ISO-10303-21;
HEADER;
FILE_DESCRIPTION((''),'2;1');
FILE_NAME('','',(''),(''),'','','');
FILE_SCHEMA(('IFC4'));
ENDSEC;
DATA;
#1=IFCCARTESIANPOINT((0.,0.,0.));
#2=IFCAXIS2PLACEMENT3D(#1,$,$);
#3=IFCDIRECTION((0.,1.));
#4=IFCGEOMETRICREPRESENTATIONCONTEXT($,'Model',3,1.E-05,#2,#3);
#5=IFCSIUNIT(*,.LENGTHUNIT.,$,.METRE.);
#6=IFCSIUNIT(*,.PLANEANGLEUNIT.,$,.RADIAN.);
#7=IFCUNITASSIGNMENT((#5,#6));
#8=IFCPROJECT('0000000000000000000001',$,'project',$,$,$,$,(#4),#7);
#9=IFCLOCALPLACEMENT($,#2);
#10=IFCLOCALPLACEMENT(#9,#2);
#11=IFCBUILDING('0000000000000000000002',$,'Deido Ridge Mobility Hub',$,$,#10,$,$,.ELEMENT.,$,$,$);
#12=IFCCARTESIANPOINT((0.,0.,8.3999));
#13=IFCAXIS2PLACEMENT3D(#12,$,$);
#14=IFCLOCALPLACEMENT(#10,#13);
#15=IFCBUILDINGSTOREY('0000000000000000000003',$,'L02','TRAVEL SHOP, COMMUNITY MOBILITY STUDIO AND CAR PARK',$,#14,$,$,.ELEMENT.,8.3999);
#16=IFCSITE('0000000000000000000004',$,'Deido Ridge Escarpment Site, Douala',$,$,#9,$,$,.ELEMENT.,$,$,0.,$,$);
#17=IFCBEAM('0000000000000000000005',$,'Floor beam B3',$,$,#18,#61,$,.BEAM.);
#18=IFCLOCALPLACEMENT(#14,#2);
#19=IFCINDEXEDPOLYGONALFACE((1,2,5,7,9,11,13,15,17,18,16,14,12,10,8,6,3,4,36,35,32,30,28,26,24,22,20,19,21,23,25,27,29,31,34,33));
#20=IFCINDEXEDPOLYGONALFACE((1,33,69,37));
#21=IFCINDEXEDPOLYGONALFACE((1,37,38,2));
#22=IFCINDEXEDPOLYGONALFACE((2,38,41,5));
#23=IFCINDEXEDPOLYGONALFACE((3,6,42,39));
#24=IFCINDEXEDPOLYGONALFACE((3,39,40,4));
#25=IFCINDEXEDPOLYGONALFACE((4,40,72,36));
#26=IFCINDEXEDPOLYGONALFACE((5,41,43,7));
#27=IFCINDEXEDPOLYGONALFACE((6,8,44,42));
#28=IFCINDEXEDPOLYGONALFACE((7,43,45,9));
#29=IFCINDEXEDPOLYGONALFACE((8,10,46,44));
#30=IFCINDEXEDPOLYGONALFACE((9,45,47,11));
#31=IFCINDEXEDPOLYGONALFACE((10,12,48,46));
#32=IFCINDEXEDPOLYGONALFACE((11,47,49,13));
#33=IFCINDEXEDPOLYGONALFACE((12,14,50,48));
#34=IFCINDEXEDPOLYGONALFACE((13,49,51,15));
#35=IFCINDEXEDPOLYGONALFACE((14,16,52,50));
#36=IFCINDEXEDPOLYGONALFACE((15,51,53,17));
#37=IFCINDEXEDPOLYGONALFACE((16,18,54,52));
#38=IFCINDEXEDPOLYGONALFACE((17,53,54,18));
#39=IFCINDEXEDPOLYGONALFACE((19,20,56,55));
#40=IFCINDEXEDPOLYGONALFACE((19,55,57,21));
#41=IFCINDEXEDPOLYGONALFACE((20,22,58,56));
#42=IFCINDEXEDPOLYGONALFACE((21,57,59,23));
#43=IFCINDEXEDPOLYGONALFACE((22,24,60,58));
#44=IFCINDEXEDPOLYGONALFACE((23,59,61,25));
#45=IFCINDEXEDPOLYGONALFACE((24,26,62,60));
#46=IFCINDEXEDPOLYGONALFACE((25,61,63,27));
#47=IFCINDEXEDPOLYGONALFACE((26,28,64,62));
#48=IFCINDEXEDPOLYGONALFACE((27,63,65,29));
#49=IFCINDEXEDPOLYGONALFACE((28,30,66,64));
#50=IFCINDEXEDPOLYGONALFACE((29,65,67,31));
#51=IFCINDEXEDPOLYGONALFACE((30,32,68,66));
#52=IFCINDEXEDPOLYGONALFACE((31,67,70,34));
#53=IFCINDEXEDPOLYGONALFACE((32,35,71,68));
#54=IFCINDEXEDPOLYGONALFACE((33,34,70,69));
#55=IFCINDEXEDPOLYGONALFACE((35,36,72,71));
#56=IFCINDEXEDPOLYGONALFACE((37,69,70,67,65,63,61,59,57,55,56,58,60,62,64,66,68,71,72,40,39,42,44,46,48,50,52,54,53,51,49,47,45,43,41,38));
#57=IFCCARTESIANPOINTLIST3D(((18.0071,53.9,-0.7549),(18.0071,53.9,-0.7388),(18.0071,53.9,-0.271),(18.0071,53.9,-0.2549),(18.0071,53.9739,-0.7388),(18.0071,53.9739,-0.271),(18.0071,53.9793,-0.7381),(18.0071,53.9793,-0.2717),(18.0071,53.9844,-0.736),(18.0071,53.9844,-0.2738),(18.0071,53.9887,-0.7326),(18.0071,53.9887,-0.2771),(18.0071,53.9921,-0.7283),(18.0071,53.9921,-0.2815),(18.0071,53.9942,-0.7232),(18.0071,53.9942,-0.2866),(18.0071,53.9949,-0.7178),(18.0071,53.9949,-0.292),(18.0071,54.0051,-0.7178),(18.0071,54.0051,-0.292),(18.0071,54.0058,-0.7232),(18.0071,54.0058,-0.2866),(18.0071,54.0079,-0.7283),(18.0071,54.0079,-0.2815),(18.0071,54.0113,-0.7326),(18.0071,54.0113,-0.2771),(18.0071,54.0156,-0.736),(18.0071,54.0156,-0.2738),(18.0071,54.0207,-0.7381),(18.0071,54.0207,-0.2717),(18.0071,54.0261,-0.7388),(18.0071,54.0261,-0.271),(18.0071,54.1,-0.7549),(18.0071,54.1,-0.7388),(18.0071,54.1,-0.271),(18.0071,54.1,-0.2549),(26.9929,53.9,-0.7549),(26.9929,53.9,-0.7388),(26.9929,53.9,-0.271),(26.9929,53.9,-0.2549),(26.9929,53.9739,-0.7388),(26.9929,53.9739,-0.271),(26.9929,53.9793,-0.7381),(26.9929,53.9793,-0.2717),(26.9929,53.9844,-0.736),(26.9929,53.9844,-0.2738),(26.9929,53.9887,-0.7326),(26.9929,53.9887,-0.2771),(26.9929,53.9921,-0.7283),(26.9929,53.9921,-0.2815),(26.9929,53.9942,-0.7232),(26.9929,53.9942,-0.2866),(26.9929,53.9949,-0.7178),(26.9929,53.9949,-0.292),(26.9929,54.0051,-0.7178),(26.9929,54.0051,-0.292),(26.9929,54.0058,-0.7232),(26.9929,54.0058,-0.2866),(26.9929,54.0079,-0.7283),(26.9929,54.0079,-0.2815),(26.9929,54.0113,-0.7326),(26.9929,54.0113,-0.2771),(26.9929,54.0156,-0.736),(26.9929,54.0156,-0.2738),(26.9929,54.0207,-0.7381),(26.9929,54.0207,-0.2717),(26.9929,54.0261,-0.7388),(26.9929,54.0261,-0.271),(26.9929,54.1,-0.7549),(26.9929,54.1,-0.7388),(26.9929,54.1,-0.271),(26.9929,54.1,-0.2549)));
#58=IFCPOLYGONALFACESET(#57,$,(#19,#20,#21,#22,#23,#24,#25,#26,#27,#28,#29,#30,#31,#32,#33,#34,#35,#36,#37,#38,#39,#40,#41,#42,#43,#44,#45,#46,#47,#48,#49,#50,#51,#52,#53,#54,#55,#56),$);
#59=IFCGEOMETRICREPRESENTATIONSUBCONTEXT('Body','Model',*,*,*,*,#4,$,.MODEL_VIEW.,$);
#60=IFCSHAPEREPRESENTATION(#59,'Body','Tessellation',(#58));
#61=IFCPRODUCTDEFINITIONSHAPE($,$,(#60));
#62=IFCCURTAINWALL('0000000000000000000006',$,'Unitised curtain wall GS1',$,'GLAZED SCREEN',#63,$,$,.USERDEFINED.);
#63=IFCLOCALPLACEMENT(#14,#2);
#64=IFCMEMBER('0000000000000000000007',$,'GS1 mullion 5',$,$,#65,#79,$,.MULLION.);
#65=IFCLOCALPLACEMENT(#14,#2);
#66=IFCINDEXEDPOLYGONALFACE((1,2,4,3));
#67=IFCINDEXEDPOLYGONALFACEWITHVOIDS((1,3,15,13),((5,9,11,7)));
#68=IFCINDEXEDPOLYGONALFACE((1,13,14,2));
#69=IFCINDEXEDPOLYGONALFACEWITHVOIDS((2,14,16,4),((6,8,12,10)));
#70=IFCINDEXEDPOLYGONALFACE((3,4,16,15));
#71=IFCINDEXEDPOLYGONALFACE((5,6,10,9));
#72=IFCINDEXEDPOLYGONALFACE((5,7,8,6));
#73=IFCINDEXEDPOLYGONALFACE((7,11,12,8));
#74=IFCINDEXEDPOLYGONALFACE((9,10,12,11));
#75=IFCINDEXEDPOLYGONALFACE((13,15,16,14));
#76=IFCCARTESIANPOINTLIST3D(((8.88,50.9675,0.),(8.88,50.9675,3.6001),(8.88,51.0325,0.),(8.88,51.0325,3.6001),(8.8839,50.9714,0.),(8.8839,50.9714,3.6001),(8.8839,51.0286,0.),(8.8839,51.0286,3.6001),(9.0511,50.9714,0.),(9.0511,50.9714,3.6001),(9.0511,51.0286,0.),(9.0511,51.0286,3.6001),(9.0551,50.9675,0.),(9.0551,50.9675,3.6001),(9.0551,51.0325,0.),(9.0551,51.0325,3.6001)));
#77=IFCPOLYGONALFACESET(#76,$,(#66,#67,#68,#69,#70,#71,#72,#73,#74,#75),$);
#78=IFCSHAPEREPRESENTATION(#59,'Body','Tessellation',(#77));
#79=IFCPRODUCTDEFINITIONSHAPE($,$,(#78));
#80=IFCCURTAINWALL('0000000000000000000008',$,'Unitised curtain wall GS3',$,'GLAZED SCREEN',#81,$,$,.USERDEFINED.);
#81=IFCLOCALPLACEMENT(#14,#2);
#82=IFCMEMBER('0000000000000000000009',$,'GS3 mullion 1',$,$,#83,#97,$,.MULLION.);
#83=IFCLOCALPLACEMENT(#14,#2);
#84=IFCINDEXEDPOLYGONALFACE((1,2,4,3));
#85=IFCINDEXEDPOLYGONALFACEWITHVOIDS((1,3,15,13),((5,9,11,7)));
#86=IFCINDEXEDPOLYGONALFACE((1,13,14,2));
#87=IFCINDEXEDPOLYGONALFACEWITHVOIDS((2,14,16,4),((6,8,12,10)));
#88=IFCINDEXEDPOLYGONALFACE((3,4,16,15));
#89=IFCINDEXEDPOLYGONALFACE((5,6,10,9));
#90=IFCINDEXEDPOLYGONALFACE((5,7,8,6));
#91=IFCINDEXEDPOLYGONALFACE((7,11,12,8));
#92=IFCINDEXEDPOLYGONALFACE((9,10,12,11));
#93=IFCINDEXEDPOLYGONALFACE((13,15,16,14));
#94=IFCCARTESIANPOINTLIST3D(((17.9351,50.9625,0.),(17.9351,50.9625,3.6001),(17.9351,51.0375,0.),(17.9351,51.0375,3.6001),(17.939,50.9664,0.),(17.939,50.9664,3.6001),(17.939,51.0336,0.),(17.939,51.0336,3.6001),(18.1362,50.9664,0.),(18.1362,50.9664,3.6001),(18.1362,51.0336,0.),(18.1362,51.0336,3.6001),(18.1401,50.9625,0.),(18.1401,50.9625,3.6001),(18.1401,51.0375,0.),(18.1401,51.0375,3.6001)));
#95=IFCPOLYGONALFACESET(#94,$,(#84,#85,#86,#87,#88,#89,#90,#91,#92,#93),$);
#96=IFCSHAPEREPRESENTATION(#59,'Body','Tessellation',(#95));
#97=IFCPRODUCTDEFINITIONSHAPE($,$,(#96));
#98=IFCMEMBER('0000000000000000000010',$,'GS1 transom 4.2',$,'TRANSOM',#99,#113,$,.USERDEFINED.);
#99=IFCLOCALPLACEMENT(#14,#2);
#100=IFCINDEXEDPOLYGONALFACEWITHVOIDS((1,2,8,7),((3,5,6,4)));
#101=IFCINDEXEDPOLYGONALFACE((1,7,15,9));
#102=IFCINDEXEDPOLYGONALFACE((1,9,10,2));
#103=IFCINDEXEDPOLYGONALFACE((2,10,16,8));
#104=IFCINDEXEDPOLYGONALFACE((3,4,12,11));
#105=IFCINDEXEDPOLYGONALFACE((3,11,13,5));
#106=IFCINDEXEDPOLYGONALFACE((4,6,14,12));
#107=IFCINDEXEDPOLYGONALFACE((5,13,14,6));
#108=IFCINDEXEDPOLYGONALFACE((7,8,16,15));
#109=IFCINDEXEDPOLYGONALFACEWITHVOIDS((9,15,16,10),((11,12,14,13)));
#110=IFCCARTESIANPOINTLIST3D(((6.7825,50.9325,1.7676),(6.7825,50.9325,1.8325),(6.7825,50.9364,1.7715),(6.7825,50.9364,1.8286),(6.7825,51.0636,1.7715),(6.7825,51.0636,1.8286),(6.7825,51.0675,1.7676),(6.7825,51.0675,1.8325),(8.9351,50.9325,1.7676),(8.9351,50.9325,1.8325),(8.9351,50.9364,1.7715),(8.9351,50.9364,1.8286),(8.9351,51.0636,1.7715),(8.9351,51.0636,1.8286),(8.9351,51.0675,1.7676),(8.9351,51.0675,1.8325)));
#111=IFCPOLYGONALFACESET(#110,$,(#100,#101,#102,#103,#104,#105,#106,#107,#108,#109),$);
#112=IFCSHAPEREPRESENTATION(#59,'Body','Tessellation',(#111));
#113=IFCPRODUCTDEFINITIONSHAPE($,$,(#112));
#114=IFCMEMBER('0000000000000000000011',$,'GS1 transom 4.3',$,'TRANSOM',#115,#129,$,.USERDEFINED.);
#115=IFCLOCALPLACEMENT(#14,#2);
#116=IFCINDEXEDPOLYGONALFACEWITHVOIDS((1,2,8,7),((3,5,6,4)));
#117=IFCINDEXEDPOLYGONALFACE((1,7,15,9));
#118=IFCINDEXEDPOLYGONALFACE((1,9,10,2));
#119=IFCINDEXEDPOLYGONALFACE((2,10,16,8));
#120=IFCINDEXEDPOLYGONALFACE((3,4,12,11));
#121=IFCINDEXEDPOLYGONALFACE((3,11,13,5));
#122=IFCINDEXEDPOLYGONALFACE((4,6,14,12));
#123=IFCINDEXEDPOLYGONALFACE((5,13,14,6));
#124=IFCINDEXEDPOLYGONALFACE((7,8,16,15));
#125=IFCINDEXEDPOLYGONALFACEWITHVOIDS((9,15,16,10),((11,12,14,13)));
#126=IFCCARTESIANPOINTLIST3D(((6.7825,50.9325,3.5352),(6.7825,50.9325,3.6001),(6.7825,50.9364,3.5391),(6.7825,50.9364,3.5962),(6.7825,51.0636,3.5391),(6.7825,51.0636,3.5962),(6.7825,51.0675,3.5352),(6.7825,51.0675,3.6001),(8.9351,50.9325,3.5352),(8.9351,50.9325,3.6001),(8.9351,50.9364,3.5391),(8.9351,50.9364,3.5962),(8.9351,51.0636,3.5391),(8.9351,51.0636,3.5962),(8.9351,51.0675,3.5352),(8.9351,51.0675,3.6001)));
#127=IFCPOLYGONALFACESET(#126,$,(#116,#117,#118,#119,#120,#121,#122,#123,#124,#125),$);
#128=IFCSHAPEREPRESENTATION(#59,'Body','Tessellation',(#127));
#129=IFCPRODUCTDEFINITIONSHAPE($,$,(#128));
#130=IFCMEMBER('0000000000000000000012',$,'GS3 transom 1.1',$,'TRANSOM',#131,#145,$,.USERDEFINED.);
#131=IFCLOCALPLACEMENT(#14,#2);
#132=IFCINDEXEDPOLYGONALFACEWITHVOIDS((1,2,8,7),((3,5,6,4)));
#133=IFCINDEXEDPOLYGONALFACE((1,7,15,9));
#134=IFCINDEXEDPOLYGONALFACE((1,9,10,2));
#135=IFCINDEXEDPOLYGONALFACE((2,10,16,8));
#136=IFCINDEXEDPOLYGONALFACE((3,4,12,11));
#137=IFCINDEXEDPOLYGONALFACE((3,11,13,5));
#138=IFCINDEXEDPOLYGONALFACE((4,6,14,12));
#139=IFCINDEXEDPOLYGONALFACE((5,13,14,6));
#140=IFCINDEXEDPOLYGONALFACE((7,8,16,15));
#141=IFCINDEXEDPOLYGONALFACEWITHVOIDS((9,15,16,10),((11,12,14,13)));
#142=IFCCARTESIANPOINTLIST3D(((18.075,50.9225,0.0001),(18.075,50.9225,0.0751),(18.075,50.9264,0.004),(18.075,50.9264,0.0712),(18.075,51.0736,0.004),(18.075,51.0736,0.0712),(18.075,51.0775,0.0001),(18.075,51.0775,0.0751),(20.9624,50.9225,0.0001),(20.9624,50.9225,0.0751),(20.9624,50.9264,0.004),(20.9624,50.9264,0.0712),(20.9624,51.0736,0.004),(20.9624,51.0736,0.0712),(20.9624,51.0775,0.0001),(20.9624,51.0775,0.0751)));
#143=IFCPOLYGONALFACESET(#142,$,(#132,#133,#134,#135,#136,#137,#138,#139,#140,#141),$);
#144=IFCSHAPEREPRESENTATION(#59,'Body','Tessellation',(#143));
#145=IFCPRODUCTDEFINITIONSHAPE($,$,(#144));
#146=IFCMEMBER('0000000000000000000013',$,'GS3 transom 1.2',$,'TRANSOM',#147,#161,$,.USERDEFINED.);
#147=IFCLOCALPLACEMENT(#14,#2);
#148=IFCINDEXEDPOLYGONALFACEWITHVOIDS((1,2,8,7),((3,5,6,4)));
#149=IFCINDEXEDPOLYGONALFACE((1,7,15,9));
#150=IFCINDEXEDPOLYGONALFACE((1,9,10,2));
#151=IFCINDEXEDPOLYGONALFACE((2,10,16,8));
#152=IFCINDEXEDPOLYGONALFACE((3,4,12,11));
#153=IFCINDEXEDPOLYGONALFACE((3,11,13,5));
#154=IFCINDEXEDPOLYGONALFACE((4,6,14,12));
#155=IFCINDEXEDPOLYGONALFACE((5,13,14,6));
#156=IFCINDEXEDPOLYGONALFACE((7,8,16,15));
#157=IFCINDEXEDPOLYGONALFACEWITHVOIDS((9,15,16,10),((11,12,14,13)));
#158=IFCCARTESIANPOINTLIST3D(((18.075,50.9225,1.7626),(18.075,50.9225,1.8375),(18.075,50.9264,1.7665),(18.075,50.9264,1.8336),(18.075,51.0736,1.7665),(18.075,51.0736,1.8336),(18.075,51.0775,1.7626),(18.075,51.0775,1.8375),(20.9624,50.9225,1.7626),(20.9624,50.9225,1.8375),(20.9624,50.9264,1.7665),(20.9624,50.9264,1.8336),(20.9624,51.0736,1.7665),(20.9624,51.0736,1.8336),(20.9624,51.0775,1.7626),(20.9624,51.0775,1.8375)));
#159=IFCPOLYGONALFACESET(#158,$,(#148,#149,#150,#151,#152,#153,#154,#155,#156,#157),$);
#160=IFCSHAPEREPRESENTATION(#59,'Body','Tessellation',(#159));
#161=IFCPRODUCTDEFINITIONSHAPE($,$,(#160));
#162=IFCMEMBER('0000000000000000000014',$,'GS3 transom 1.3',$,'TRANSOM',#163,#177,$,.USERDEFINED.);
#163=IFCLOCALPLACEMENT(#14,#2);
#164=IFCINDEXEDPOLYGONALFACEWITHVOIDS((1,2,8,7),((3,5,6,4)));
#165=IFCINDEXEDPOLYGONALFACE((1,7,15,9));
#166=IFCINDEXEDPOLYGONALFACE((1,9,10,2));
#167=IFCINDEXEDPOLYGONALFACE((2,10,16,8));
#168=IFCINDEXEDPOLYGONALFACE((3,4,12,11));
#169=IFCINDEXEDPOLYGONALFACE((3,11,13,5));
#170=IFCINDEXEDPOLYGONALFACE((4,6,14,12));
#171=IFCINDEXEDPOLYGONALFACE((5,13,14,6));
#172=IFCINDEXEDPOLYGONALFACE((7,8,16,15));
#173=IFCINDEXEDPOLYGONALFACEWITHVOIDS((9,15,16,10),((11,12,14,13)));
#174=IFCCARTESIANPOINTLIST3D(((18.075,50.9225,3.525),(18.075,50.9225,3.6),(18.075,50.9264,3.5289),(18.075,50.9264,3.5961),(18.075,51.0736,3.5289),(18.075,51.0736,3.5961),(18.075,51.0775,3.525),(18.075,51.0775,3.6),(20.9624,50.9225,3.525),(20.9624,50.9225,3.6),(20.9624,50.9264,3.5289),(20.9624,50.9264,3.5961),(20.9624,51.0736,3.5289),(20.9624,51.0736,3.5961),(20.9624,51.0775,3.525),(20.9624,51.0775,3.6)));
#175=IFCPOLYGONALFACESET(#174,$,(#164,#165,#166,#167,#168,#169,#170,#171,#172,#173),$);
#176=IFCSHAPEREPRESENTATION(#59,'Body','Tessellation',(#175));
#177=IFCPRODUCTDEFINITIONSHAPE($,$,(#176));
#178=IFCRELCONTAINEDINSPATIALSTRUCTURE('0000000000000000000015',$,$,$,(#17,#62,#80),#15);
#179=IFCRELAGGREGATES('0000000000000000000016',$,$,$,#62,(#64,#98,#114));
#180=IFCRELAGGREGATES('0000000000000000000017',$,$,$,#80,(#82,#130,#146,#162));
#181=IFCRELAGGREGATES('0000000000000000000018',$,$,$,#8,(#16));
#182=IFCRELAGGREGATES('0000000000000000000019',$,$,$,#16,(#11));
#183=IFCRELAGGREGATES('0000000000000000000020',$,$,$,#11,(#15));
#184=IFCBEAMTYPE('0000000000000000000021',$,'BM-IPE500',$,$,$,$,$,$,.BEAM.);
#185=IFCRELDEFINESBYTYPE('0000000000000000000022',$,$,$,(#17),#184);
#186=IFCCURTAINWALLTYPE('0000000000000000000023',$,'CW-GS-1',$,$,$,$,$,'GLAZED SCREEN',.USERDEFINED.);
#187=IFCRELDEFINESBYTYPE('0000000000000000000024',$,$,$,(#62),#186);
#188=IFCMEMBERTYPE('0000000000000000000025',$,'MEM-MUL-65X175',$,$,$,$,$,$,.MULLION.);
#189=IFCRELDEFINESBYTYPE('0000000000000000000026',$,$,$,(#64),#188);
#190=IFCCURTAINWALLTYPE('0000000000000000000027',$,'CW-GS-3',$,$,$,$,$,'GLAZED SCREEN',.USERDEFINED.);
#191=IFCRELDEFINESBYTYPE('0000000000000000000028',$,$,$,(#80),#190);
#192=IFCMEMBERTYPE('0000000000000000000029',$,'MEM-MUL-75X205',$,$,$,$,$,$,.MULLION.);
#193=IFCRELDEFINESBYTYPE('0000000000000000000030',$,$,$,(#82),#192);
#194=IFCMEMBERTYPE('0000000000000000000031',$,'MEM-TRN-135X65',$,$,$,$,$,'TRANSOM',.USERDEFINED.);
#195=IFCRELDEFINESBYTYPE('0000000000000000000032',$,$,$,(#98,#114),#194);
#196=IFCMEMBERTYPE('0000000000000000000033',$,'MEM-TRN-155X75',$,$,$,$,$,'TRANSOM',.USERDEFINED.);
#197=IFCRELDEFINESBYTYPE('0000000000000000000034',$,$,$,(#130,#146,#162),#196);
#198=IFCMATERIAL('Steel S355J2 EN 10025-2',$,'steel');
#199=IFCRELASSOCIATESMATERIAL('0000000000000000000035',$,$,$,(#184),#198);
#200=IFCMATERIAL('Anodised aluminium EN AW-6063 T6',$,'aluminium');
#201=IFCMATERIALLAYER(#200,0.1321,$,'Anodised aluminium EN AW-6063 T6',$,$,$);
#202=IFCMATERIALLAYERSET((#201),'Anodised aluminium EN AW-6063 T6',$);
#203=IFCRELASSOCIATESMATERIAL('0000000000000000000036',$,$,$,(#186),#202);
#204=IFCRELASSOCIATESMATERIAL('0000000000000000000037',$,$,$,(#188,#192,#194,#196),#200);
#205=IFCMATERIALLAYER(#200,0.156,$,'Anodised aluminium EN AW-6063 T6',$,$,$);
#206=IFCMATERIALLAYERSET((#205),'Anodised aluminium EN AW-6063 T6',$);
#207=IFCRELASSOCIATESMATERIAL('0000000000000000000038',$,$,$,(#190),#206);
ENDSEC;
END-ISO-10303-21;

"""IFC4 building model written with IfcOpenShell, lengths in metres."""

from ifc_helpers import new_model, si_unit, direction, frame, origin, origin_2d, place, context, subcontext, project, spatial, hollow_rectangle, i_section, extrude, material, layer, layer_set, material_profile, profile_set, type_object, element, aggregate, save


model = new_model("IFC4")

# Units and contexts
model_context = context("Model", 3, precision=1e-05, world=origin(), true_north=direction((0.0, 1.0)))
body_context = subcontext(model_context, "Body", "Model", "MODEL_VIEW")
ifc_project = project(units=[si_unit("LENGTHUNIT", "METRE"), si_unit("PLANEANGLEUNIT", "RADIAN")], contexts=[model_context])

# Site, building, storey
site_placement = place(None, origin())
site = spatial("IfcSite", under=ifc_project, at=site_placement, Name="Deido Ridge Escarpment Site, Douala", CompositionType="ELEMENT", RefElevation=0.0)
building_placement = place(site_placement, origin())
building = spatial("IfcBuilding", under=site, at=building_placement, Name="Deido Ridge Mobility Hub", CompositionType="ELEMENT")
storey_placement = place(building_placement, frame((0.0, 0.0, 8.3999)))
storey = spatial("IfcBuildingStorey", under=building, at=storey_placement, Name="L02", Description="TRAVEL SHOP, COMMUNITY MOBILITY STUDIO AND CAR PARK", CompositionType="ELEMENT", Elevation=8.3999)

# Shared definitions
ifc_material_1 = material(Name="Steel S355J2 EN 10025-2", Category="steel")

# Beam
ifc_material_profile_1 = material_profile(ifc_material_1, i_section(OverallWidth=0.2, OverallDepth=0.5, WebThickness=0.0103, FlangeThickness=0.0161, FilletRadius=0.021, at=origin_2d()), Name="IPE 500")
ifc_profile_set_1 = profile_set([ifc_material_profile_1], Name="Steel S355J2 EN 10025-2")
beam_type_1 = type_object("IfcBeamType", Name="BM-IPE500", PredefinedType="BEAM", material=ifc_profile_set_1)
for number, where, z_axis, x_axis, name in (
    (1, (18.0071, 54.0, -0.5049), (1.0, 0.0, 0.0), (0.0, 1.0, 0.0), "Floor beam B3"),
):
    element("IfcBeam", number, at=place(storey_placement, frame(where, z_axis=z_axis, x_axis=x_axis)), inside=storey, type_object=beam_type_1, Name=name, PredefinedType="BEAM", context=body_context, shape_type="SweptSolid", body=[
        extrude(i_section(OverallWidth=0.2, OverallDepth=0.5, WebThickness=0.0103, FlangeThickness=0.0161, FilletRadius=0.021, at=origin_2d()), origin(), (0.0, 0.0, 1.0), 8.9858),
    ])

# Curtain walls, members
ifc_material_2 = material(Name="Anodised aluminium EN AW-6063 T6", Category="aluminium")
ifc_layer_1 = layer(ifc_material_2, 0.1321, Name="Anodised aluminium EN AW-6063 T6")
ifc_layer_set_1 = layer_set([ifc_layer_1], Name="Anodised aluminium EN AW-6063 T6")
curtain_wall_type_1 = type_object("IfcCurtainWallType", Name="CW-GS-1", ElementType="GLAZED SCREEN", PredefinedType="USERDEFINED", material=ifc_layer_set_1)
curtain_wall_1_placement = place(storey_placement, origin())
curtain_wall_1 = element("IfcCurtainWall", 2, at=curtain_wall_1_placement, inside=storey, type_object=curtain_wall_type_1, Name="Unitised curtain wall GS1", ObjectType="GLAZED SCREEN", PredefinedType="USERDEFINED")
ifc_material_profile_2 = material_profile(ifc_material_2, hollow_rectangle(XDim=0.0649, YDim=0.175, WallThickness=0.0039, at=origin_2d()), Name="RHS 65x175x4")
ifc_profile_set_2 = profile_set([ifc_material_profile_2], Name="Anodised aluminium EN AW-6063 T6")
member_type_1 = type_object("IfcMemberType", Name="MEM-MUL-65X175", PredefinedType="MULLION", material=ifc_profile_set_2)
member_1_placement = place(storey_placement, frame((8.9675, 51.0, 0.0), z_axis=(0.0, 0.0, 1.0), x_axis=(0.0, 1.0, 0.0)))
member_1 = element("IfcMember", 3, at=member_1_placement, type_object=member_type_1, Name="GS1 mullion 5", PredefinedType="MULLION", context=body_context, shape_type="SweptSolid", body=[
    extrude(hollow_rectangle(XDim=0.0649, YDim=0.175, WallThickness=0.0039, at=origin_2d()), origin(), (0.0, 0.0, 1.0), 3.6001),
])
ifc_layer_2 = layer(ifc_material_2, 0.156, Name="Anodised aluminium EN AW-6063 T6")
ifc_layer_set_2 = layer_set([ifc_layer_2], Name="Anodised aluminium EN AW-6063 T6")
curtain_wall_type_2 = type_object("IfcCurtainWallType", Name="CW-GS-3", ElementType="GLAZED SCREEN", PredefinedType="USERDEFINED", material=ifc_layer_set_2)
curtain_wall_2_placement = place(storey_placement, origin())
curtain_wall_2 = element("IfcCurtainWall", 4, at=curtain_wall_2_placement, inside=storey, type_object=curtain_wall_type_2, Name="Unitised curtain wall GS3", ObjectType="GLAZED SCREEN", PredefinedType="USERDEFINED")
ifc_material_profile_3 = material_profile(ifc_material_2, hollow_rectangle(XDim=0.075, YDim=0.2051, WallThickness=0.0039, at=origin_2d()), Name="RHS 75x205x4")
ifc_profile_set_3 = profile_set([ifc_material_profile_3], Name="Anodised aluminium EN AW-6063 T6")
member_type_2 = type_object("IfcMemberType", Name="MEM-MUL-75X205", PredefinedType="MULLION", material=ifc_profile_set_3)
member_2_placement = place(storey_placement, frame((18.0376, 51.0, 0.0), z_axis=(0.0, 0.0, 1.0), x_axis=(0.0, 1.0, 0.0)))
member_2 = element("IfcMember", 5, at=member_2_placement, type_object=member_type_2, Name="GS3 mullion 1", PredefinedType="MULLION", context=body_context, shape_type="SweptSolid", body=[
    extrude(hollow_rectangle(XDim=0.075, YDim=0.2051, WallThickness=0.0039, at=origin_2d()), origin(), (0.0, 0.0, 1.0), 3.6001),
])

# Members
ifc_material_profile_4 = material_profile(ifc_material_2, hollow_rectangle(XDim=0.135, YDim=0.0649, WallThickness=0.0039, at=origin_2d()), Name="RHS 135x65x4")
ifc_profile_set_4 = profile_set([ifc_material_profile_4], Name="Anodised aluminium EN AW-6063 T6")
member_type_3 = type_object("IfcMemberType", Name="MEM-TRN-135X65", ElementType="TRANSOM", PredefinedType="USERDEFINED", material=ifc_profile_set_4)
member_3_placement = place(storey_placement, frame((6.7825, 51.0, 1.8), z_axis=(1.0, 0.0, 0.0), x_axis=(0.0, 1.0, 0.0)))
member_3 = element("IfcMember", 6, at=member_3_placement, type_object=member_type_3, Name="GS1 transom 4.2", ObjectType="TRANSOM", PredefinedType="USERDEFINED", context=body_context, shape_type="SweptSolid", body=[
    extrude(hollow_rectangle(XDim=0.135, YDim=0.0649, WallThickness=0.0039, at=origin_2d()), origin(), (0.0, 0.0, 1.0), 2.1526),
])
member_4_placement = place(storey_placement, frame((6.7825, 51.0, 3.5676), z_axis=(1.0, 0.0, 0.0), x_axis=(0.0, 1.0, 0.0)))
member_4 = element("IfcMember", 7, at=member_4_placement, type_object=member_type_3, Name="GS1 transom 4.3", ObjectType="TRANSOM", PredefinedType="USERDEFINED", context=body_context, shape_type="SweptSolid", body=[
    extrude(hollow_rectangle(XDim=0.135, YDim=0.0649, WallThickness=0.0039, at=origin_2d()), origin(), (0.0, 0.0, 1.0), 2.1526),
])
ifc_material_profile_5 = material_profile(ifc_material_2, hollow_rectangle(XDim=0.155, YDim=0.075, WallThickness=0.0039, at=origin_2d()), Name="RHS 155x75x4")
ifc_profile_set_5 = profile_set([ifc_material_profile_5], Name="Anodised aluminium EN AW-6063 T6")
member_type_4 = type_object("IfcMemberType", Name="MEM-TRN-155X75", ElementType="TRANSOM", PredefinedType="USERDEFINED", material=ifc_profile_set_5)
member_5_placement = place(storey_placement, frame((18.075, 51.0, 0.0376), z_axis=(1.0, 0.0, 0.0), x_axis=(0.0, 1.0, 0.0)))
member_5 = element("IfcMember", 8, at=member_5_placement, type_object=member_type_4, Name="GS3 transom 1.1", ObjectType="TRANSOM", PredefinedType="USERDEFINED", context=body_context, shape_type="SweptSolid", body=[
    extrude(hollow_rectangle(XDim=0.155, YDim=0.075, WallThickness=0.0039, at=origin_2d()), origin(), (0.0, 0.0, 1.0), 2.8875),
])
member_6_placement = place(storey_placement, frame((18.075, 51.0, 1.8), z_axis=(1.0, 0.0, 0.0), x_axis=(0.0, 1.0, 0.0)))
member_6 = element("IfcMember", 9, at=member_6_placement, type_object=member_type_4, Name="GS3 transom 1.2", ObjectType="TRANSOM", PredefinedType="USERDEFINED", context=body_context, shape_type="SweptSolid", body=[
    extrude(hollow_rectangle(XDim=0.155, YDim=0.075, WallThickness=0.0039, at=origin_2d()), origin(), (0.0, 0.0, 1.0), 2.8875),
])
member_7_placement = place(storey_placement, frame((18.075, 51.0, 3.5625), z_axis=(1.0, 0.0, 0.0), x_axis=(0.0, 1.0, 0.0)))
member_7 = element("IfcMember", 10, at=member_7_placement, type_object=member_type_4, Name="GS3 transom 1.3", ObjectType="TRANSOM", PredefinedType="USERDEFINED", context=body_context, shape_type="SweptSolid", body=[
    extrude(hollow_rectangle(XDim=0.155, YDim=0.075, WallThickness=0.0039, at=origin_2d()), origin(), (0.0, 0.0, 1.0), 2.8875),
])

aggregate(curtain_wall_1, [member_1, member_3, member_4])
aggregate(curtain_wall_2, [member_2, member_5, member_6, member_7])

save(model, "model.ifc")
